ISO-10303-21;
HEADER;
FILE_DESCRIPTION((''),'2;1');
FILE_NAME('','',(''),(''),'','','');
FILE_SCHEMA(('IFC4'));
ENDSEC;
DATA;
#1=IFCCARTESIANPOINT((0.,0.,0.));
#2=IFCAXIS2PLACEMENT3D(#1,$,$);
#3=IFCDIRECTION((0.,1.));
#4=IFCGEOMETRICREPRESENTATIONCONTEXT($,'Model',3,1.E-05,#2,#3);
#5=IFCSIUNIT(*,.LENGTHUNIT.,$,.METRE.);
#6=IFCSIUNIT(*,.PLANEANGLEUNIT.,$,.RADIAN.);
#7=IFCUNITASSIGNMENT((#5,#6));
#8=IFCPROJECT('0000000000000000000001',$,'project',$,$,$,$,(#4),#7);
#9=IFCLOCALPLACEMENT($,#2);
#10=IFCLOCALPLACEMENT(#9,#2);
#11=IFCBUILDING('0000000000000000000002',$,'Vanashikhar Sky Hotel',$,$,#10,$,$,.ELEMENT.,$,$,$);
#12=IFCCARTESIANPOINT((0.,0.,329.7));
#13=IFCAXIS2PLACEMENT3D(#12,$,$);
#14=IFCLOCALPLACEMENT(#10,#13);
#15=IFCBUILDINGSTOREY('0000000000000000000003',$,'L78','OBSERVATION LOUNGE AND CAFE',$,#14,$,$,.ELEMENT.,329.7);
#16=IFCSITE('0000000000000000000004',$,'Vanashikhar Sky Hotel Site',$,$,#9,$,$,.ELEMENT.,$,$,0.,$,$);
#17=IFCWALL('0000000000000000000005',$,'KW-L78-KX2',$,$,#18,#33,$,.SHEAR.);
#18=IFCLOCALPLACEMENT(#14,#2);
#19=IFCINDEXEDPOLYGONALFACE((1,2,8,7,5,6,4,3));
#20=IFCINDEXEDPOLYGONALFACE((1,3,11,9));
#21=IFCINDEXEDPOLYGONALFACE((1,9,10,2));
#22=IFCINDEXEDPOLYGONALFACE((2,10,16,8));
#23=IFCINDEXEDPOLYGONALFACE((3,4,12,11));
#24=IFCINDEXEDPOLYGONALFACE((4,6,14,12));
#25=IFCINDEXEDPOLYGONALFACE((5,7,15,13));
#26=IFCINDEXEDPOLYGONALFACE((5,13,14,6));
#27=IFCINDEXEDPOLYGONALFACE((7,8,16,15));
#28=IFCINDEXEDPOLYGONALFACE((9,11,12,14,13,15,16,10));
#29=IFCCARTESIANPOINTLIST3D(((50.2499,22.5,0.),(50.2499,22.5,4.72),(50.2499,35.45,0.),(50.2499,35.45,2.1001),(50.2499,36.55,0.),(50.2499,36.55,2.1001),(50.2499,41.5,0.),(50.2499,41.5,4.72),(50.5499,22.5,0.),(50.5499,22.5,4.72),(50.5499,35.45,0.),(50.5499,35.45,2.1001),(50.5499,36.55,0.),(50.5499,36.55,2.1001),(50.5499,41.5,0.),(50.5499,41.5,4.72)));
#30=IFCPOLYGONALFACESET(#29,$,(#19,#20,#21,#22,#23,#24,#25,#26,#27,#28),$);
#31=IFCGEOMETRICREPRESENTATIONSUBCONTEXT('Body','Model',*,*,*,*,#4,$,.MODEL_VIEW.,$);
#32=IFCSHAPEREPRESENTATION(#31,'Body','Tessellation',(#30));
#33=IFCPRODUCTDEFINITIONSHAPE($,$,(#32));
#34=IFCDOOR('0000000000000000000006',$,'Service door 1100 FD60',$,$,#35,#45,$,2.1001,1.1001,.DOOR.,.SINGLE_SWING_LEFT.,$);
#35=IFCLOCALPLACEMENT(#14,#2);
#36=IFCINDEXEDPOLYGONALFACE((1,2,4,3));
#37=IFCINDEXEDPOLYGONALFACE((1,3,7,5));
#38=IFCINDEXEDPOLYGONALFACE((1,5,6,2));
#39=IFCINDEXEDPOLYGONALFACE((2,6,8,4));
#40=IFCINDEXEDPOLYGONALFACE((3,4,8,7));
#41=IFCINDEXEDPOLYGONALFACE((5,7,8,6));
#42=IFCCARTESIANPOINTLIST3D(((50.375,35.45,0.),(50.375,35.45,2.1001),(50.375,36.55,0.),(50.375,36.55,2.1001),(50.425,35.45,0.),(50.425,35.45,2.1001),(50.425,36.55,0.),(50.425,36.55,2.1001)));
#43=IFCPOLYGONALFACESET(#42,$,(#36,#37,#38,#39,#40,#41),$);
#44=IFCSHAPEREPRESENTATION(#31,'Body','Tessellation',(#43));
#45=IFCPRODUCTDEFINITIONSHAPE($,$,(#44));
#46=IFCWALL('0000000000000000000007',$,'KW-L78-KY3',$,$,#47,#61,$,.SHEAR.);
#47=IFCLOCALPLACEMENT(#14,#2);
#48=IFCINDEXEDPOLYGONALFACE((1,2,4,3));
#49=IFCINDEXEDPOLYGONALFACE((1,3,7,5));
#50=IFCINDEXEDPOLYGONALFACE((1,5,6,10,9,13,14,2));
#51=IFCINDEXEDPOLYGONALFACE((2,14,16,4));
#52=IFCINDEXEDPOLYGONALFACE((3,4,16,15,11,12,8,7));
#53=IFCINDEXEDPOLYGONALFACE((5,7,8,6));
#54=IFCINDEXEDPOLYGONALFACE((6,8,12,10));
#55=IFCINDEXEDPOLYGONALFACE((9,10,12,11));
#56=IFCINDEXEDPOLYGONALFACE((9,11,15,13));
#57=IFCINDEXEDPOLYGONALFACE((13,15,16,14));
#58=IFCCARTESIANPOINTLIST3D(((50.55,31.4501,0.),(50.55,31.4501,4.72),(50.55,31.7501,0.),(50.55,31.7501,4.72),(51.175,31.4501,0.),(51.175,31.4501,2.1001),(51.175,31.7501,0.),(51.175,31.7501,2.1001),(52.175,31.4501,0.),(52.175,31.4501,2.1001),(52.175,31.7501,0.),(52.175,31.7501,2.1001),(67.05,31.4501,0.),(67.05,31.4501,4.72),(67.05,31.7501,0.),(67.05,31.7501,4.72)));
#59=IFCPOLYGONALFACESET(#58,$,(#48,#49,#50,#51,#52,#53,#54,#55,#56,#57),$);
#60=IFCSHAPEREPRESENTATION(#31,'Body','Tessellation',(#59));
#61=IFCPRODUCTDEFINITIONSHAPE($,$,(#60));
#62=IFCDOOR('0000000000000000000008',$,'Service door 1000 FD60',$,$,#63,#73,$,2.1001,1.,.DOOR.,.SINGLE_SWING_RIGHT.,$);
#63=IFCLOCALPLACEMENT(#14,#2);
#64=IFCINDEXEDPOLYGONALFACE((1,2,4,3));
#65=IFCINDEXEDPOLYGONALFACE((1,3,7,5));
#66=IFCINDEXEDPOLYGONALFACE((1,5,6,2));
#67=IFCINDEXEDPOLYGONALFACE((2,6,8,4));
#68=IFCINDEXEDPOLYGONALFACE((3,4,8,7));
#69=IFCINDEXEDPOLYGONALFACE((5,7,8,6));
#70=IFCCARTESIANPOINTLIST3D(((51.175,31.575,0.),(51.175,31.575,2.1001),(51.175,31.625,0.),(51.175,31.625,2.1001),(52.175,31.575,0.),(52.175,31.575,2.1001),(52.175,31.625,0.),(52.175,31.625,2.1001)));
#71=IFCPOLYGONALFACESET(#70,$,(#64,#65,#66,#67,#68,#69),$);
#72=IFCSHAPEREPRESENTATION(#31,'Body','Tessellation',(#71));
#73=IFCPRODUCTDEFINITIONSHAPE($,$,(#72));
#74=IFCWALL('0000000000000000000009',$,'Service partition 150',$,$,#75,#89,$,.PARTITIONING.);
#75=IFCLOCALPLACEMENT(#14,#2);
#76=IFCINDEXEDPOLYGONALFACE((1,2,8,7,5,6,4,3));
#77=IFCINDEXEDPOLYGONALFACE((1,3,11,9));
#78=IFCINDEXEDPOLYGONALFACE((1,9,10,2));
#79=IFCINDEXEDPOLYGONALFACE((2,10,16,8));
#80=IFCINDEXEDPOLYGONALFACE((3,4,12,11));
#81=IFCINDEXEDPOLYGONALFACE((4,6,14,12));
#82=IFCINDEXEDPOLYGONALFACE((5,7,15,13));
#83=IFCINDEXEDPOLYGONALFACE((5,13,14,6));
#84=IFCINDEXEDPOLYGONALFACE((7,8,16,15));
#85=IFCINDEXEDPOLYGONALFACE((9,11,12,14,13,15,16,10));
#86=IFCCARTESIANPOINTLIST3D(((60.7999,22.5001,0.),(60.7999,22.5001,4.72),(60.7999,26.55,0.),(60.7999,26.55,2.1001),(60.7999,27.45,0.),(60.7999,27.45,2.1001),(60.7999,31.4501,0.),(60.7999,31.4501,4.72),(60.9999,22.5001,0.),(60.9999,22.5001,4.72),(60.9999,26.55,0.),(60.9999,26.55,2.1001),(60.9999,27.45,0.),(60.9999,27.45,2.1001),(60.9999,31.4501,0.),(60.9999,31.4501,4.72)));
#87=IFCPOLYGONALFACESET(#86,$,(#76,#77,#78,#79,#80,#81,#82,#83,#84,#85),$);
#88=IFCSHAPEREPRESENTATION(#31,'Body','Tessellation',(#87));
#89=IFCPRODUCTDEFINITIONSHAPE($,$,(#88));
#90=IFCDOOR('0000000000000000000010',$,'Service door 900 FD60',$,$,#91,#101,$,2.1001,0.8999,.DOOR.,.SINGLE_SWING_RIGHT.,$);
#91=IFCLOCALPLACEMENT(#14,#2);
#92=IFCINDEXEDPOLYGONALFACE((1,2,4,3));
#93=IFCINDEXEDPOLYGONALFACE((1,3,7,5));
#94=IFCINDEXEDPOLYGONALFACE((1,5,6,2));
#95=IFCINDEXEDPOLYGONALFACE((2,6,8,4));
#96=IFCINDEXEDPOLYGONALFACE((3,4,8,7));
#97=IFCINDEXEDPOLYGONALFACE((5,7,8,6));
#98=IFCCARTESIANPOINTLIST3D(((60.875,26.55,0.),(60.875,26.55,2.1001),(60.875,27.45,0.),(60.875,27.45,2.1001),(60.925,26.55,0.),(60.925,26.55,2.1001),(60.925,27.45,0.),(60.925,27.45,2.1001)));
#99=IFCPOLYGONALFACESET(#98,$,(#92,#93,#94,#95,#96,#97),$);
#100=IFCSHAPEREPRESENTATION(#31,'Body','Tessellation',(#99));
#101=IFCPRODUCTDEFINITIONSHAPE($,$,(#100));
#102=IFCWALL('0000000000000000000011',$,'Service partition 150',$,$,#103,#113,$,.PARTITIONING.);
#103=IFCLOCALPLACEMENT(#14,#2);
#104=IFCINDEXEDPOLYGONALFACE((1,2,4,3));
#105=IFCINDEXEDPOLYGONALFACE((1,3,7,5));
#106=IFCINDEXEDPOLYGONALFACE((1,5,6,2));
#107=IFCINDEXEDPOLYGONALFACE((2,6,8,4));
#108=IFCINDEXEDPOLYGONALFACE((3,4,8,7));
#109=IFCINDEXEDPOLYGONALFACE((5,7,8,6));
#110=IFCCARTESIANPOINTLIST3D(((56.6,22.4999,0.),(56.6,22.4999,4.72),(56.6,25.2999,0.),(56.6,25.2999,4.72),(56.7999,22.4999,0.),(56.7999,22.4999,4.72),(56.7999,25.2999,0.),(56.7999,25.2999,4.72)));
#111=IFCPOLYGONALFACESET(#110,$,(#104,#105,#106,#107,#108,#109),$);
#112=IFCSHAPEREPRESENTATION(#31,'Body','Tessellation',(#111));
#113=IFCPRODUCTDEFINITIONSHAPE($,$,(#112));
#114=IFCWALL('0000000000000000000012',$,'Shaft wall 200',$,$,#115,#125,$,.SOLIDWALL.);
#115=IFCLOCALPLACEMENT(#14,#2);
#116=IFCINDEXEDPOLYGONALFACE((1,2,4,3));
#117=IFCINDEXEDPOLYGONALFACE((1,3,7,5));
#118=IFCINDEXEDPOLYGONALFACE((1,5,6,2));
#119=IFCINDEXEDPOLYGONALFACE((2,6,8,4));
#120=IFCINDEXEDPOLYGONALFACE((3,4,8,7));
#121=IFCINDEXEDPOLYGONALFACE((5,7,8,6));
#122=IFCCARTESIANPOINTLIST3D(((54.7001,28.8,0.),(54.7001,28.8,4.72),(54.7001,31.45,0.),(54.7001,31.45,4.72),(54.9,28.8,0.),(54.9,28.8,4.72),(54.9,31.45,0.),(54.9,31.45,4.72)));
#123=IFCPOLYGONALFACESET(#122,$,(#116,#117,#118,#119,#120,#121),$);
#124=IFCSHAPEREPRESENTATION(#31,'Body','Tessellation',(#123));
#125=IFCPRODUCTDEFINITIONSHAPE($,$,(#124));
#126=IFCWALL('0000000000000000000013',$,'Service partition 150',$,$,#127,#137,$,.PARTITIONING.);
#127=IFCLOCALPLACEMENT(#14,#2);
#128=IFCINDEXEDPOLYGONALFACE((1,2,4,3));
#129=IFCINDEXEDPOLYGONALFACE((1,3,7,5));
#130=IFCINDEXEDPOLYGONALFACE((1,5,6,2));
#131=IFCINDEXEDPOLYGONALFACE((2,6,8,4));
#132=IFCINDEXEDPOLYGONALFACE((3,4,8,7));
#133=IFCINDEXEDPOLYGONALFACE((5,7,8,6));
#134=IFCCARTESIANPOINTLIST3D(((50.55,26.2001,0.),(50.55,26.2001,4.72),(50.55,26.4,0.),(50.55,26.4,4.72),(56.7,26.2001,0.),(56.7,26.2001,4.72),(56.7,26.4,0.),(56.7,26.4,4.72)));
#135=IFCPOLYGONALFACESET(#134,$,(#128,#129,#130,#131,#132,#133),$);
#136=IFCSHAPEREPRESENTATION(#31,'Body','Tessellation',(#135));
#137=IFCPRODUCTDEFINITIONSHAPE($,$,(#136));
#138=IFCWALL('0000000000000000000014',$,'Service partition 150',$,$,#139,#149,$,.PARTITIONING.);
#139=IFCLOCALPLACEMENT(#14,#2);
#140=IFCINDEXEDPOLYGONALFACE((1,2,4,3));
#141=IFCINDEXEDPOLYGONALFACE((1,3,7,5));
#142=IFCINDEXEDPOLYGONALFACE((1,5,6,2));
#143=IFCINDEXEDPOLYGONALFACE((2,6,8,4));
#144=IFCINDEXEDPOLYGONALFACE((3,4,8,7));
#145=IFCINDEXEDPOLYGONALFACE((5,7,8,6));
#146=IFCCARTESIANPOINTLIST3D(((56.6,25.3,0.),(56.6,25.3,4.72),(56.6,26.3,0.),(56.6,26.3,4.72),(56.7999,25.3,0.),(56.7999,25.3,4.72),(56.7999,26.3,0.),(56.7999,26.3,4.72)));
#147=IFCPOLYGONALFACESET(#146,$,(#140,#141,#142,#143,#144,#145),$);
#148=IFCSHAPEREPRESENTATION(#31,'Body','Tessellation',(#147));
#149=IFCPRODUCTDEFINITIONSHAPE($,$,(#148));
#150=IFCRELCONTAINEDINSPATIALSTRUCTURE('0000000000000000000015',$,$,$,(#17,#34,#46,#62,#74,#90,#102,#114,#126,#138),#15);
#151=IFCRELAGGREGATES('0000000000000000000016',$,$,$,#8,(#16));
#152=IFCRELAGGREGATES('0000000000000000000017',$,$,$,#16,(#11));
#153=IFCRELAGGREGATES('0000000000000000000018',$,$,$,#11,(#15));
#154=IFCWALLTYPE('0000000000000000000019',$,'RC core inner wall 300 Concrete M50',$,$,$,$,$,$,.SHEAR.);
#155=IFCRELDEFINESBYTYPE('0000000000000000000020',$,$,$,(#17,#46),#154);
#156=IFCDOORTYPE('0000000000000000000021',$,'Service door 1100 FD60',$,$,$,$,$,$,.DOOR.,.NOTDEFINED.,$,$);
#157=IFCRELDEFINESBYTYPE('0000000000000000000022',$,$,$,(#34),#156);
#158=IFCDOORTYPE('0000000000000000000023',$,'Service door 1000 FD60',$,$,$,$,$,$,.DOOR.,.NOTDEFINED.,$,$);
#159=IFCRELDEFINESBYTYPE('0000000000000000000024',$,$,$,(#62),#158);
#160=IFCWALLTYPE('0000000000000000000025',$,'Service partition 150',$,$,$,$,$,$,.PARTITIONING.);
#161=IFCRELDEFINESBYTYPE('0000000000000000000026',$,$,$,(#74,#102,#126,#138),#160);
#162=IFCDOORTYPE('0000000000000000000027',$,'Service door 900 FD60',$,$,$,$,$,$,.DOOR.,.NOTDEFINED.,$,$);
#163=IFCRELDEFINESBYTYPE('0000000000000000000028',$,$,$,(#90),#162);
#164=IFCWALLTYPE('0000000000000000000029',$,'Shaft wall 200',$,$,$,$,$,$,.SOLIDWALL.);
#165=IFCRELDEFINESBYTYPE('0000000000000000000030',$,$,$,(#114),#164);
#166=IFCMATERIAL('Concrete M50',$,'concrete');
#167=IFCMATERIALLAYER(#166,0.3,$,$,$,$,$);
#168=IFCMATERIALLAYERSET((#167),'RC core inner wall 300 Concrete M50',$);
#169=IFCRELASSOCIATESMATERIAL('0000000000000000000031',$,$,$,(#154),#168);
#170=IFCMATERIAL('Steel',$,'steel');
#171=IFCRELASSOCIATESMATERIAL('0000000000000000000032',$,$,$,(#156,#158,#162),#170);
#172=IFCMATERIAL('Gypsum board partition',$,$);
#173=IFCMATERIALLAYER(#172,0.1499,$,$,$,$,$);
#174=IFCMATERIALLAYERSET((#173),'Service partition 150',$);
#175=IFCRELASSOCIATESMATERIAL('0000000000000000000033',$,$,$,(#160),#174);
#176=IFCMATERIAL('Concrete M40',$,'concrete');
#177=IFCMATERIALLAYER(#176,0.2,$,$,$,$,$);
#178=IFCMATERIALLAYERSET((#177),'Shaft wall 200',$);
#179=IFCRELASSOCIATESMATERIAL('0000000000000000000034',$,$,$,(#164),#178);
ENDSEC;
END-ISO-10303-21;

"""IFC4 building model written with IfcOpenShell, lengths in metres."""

from ifc_helpers import new_model, si_unit, direction, frame, frame_2d, origin, place, context, subcontext, project, spatial, rectangle, extrude, source, transform, mapped, material, layer, layer_set, type_object, element, fill, save


model = new_model("IFC4")

# Units and contexts
model_context = context("Model", 3, precision=1e-05, world=origin(), true_north=direction((0.0, 1.0)))
body_context = subcontext(model_context, "Body", "Model", "MODEL_VIEW")
ifc_project = project(units=[si_unit("LENGTHUNIT", "METRE"), si_unit("PLANEANGLEUNIT", "RADIAN")], contexts=[model_context])

# Site, building, storey
site_placement = place(None, origin())
site = spatial("IfcSite", under=ifc_project, at=site_placement, Name="Vanashikhar Sky Hotel Site", CompositionType="ELEMENT", RefElevation=0.0)
building_placement = place(site_placement, origin())
building = spatial("IfcBuilding", under=site, at=building_placement, Name="Vanashikhar Sky Hotel", CompositionType="ELEMENT")
storey_placement = place(building_placement, frame((0.0, 0.0, 329.7)))
storey = spatial("IfcBuildingStorey", under=building, at=storey_placement, Name="L78", Description="OBSERVATION LOUNGE AND CAFE", CompositionType="ELEMENT", Elevation=329.7)

# Shared definitions
ifc_material_1 = material(Name="Concrete M50", Category="concrete")

# Walls, openings, doors
ifc_layer_1 = layer(ifc_material_1, 0.3)
ifc_layer_set_1 = layer_set([ifc_layer_1], Name="RC core inner wall 300 Concrete M50")
wall_type_1 = type_object("IfcWallType", Name="RC core inner wall 300 Concrete M50", PredefinedType="SHEAR", material=ifc_layer_set_1)
shared_shape_1 = source(origin(), body_context, "Body", "SweptSolid", [
    extrude(rectangle(XDim=19.0, YDim=0.3, at=frame_2d((9.5, 0.0))), origin(), (0.0, 0.0, 1.0), 4.72),
])
wall_1_placement = place(storey_placement, frame((50.3999, 22.5, 0.0), z_axis=(0.0, 0.0, 1.0), x_axis=(0.0, 1.0, 0.0)))
wall_1 = element("IfcWall", 1, at=wall_1_placement, inside=storey, type_object=wall_type_1, Name="KW-L78-KX2", PredefinedType="SHEAR", context=body_context, shape_type="MappedRepresentation", body=[
    mapped(shared_shape_1, transform((0.0, 0.0, 0.0), scale=1.0)),
])
shared_shape_2 = source(origin(), body_context, "Body", "SweptSolid", [
    extrude(rectangle(XDim=1.1001, YDim=2.1001, at=frame_2d((0.55, 1.05))), frame((0.0, 0.1602, 0.0), z_axis=(0.0, -1.0, 0.0), x_axis=(1.0, 0.0, 0.0)), (0.0, 0.0, 1.0), 0.3201),
])
opening_1_placement = place(wall_1_placement, frame((12.95, 0.0, 0.0)))
opening_1 = element("IfcOpeningElement", 2, at=opening_1_placement, cuts=wall_1, PredefinedType="OPENING", context=body_context, shape_type="MappedRepresentation", body=[
    mapped(shared_shape_2, transform((0.0, 0.0, 0.0), scale=1.0)),
])
ifc_material_2 = material(Name="Steel", Category="steel")
door_type_1 = type_object("IfcDoorType", Name="Service door 1100 FD60", OperationType="NOTDEFINED", PredefinedType="DOOR", material=ifc_material_2)
shared_shape_3 = source(origin(), body_context, "Body", "SweptSolid", [
    extrude(rectangle(XDim=1.1001, YDim=2.1001, at=frame_2d((0.55, 1.05))), frame((0.0, 0.0249, 0.0), z_axis=(0.0, -1.0, 0.0), x_axis=(1.0, 0.0, 0.0)), (0.0, 0.0, 1.0), 0.05),
])
door_1_placement = place(opening_1_placement, origin())
door_1 = element("IfcDoor", 3, at=door_1_placement, inside=storey, type_object=door_type_1, Name="Service door 1100 FD60", OperationType="SINGLE_SWING_LEFT", OverallHeight=2.1001, OverallWidth=1.1001, PredefinedType="DOOR", context=body_context, shape_type="MappedRepresentation", body=[
    mapped(shared_shape_3, transform((0.0, 0.0, 0.0), scale=1.0)),
])
fill(opening_1, door_1)
shared_shape_4 = source(origin(), body_context, "Body", "SweptSolid", [
    extrude(rectangle(XDim=16.5, YDim=0.3, at=frame_2d((8.25, 0.0))), origin(), (0.0, 0.0, 1.0), 4.72),
])
wall_2_placement = place(storey_placement, frame((50.55, 31.6001, 0.0), z_axis=(0.0, 0.0, 1.0), x_axis=(1.0, 0.0, 0.0)))
wall_2 = element("IfcWall", 4, at=wall_2_placement, inside=storey, type_object=wall_type_1, Name="KW-L78-KY3", PredefinedType="SHEAR", context=body_context, shape_type="MappedRepresentation", body=[
    mapped(shared_shape_4, transform((0.0, 0.0, 0.0), scale=1.0)),
])
shared_shape_5 = source(origin(), body_context, "Body", "SweptSolid", [
    extrude(rectangle(XDim=1.0, YDim=2.1001, at=frame_2d((0.5, 1.05))), frame((0.0, 0.1602, 0.0), z_axis=(0.0, -1.0, 0.0), x_axis=(1.0, 0.0, 0.0)), (0.0, 0.0, 1.0), 0.3201),
])
opening_2_placement = place(wall_2_placement, frame((0.625, 0.0, 0.0)))
opening_2 = element("IfcOpeningElement", 5, at=opening_2_placement, cuts=wall_2, PredefinedType="OPENING", context=body_context, shape_type="MappedRepresentation", body=[
    mapped(shared_shape_5, transform((0.0, 0.0, 0.0), scale=1.0)),
])
door_type_2 = type_object("IfcDoorType", Name="Service door 1000 FD60", OperationType="NOTDEFINED", PredefinedType="DOOR", material=ifc_material_2)
shared_shape_6 = source(origin(), body_context, "Body", "SweptSolid", [
    extrude(rectangle(XDim=1.0, YDim=2.1001, at=frame_2d((0.5, 1.05))), frame((0.0, 0.0249, 0.0), z_axis=(0.0, -1.0, 0.0), x_axis=(1.0, 0.0, 0.0)), (0.0, 0.0, 1.0), 0.05),
])
door_2_placement = place(opening_2_placement, origin())
door_2 = element("IfcDoor", 6, at=door_2_placement, inside=storey, type_object=door_type_2, Name="Service door 1000 FD60", OperationType="SINGLE_SWING_RIGHT", OverallHeight=2.1001, OverallWidth=1.0, PredefinedType="DOOR", context=body_context, shape_type="MappedRepresentation", body=[
    mapped(shared_shape_6, transform((0.0, 0.0, 0.0), scale=1.0)),
])
fill(opening_2, door_2)
ifc_material_3 = material(Name="Gypsum board partition")
ifc_layer_2 = layer(ifc_material_3, 0.1499)
ifc_layer_set_2 = layer_set([ifc_layer_2], Name="Service partition 150")
wall_type_2 = type_object("IfcWallType", Name="Service partition 150", PredefinedType="PARTITIONING", material=ifc_layer_set_2)
shared_shape_7 = source(origin(), body_context, "Body", "SweptSolid", [
    extrude(rectangle(XDim=8.95, YDim=0.2, at=frame_2d((4.4751, 0.0))), origin(), (0.0, 0.0, 1.0), 4.72),
])
wall_3_placement = place(storey_placement, frame((60.8999, 22.5, 0.0), z_axis=(0.0, 0.0, 1.0), x_axis=(0.0, 1.0, 0.0)))
wall_3 = element("IfcWall", 7, at=wall_3_placement, inside=storey, type_object=wall_type_2, Name="Service partition 150", PredefinedType="PARTITIONING", context=body_context, shape_type="MappedRepresentation", body=[
    mapped(shared_shape_7, transform((0.0, 0.0, 0.0), scale=1.0)),
])
shared_shape_8 = source(origin(), body_context, "Body", "SweptSolid", [
    extrude(rectangle(XDim=0.8999, YDim=2.1001, at=frame_2d((0.45, 1.05))), frame((0.0, 0.1099, 0.0), z_axis=(0.0, -1.0, 0.0), x_axis=(1.0, 0.0, 0.0)), (0.0, 0.0, 1.0), 0.22),
])
opening_3_placement = place(wall_3_placement, frame((4.05, 0.0, 0.0)))
opening_3 = element("IfcOpeningElement", 8, at=opening_3_placement, cuts=wall_3, PredefinedType="OPENING", context=body_context, shape_type="MappedRepresentation", body=[
    mapped(shared_shape_8, transform((0.0, 0.0, 0.0), scale=1.0)),
])
door_type_3 = type_object("IfcDoorType", Name="Service door 900 FD60", OperationType="NOTDEFINED", PredefinedType="DOOR", material=ifc_material_2)
shared_shape_9 = source(origin(), body_context, "Body", "SweptSolid", [
    extrude(rectangle(XDim=0.8999, YDim=2.1001, at=frame_2d((0.45, 1.05))), frame((0.0, 0.0249, 0.0), z_axis=(0.0, -1.0, 0.0), x_axis=(1.0, 0.0, 0.0)), (0.0, 0.0, 1.0), 0.05),
])
door_3_placement = place(opening_3_placement, origin())
door_3 = element("IfcDoor", 9, at=door_3_placement, inside=storey, type_object=door_type_3, Name="Service door 900 FD60", OperationType="SINGLE_SWING_RIGHT", OverallHeight=2.1001, OverallWidth=0.8999, PredefinedType="DOOR", context=body_context, shape_type="MappedRepresentation", body=[
    mapped(shared_shape_9, transform((0.0, 0.0, 0.0), scale=1.0)),
])
fill(opening_3, door_3)

# Walls
shared_shape_10 = source(origin(), body_context, "Body", "SweptSolid", [
    extrude(rectangle(XDim=2.8, YDim=0.2, at=frame_2d((1.3999, 0.0))), origin(), (0.0, 0.0, 1.0), 4.72),
])
wall_4_placement = place(storey_placement, frame((56.7, 22.5, 0.0), z_axis=(0.0, 0.0, 1.0), x_axis=(0.0, 1.0, 0.0)))
element("IfcWall", 10, at=wall_4_placement, inside=storey, type_object=wall_type_2, Name="Service partition 150", PredefinedType="PARTITIONING", context=body_context, shape_type="MappedRepresentation", body=[
    mapped(shared_shape_10, transform((0.0, 0.0, 0.0), scale=1.0)),
])
ifc_material_4 = material(Name="Concrete M40", Category="concrete")
ifc_layer_3 = layer(ifc_material_4, 0.2)
ifc_layer_set_3 = layer_set([ifc_layer_3], Name="Shaft wall 200")
wall_type_3 = type_object("IfcWallType", Name="Shaft wall 200", PredefinedType="SOLIDWALL", material=ifc_layer_set_3)
shared_shape_11 = source(origin(), body_context, "Body", "SweptSolid", [
    extrude(rectangle(XDim=2.6499, YDim=0.2, at=frame_2d((1.325, 0.0))), origin(), (0.0, 0.0, 1.0), 4.72),
])
wall_5_placement = place(storey_placement, frame((54.8, 28.8, 0.0), z_axis=(0.0, 0.0, 1.0), x_axis=(0.0, 1.0, 0.0)))
element("IfcWall", 11, at=wall_5_placement, inside=storey, type_object=wall_type_3, Name="Shaft wall 200", PredefinedType="SOLIDWALL", context=body_context, shape_type="MappedRepresentation", body=[
    mapped(shared_shape_11, transform((0.0, 0.0, 0.0), scale=1.0)),
])
shared_shape_12 = source(origin(), body_context, "Body", "SweptSolid", [
    extrude(rectangle(XDim=6.1499, YDim=0.2, at=frame_2d((3.075, 0.0))), origin(), (0.0, 0.0, 1.0), 4.72),
])
wall_6_placement = place(storey_placement, frame((56.7, 26.3, 0.0), z_axis=(0.0, 0.0, 1.0), x_axis=(-1.0, 0.0, 0.0)))
element("IfcWall", 12, at=wall_6_placement, inside=storey, type_object=wall_type_2, Name="Service partition 150", PredefinedType="PARTITIONING", context=body_context, shape_type="MappedRepresentation", body=[
    mapped(shared_shape_12, transform((0.0, 0.0, 0.0), scale=1.0)),
])
shared_shape_13 = source(origin(), body_context, "Body", "SweptSolid", [
    extrude(rectangle(XDim=1.0, YDim=0.2, at=frame_2d((0.5, 0.0))), origin(), (0.0, 0.0, 1.0), 4.72),
])
wall_7_placement = place(storey_placement, frame((56.7, 25.3, 0.0), z_axis=(0.0, 0.0, 1.0), x_axis=(0.0, 1.0, 0.0)))
element("IfcWall", 13, at=wall_7_placement, inside=storey, type_object=wall_type_2, Name="Service partition 150", PredefinedType="PARTITIONING", context=body_context, shape_type="MappedRepresentation", body=[
    mapped(shared_shape_13, transform((0.0, 0.0, 0.0), scale=1.0)),
])

save(model, "model.ifc")
